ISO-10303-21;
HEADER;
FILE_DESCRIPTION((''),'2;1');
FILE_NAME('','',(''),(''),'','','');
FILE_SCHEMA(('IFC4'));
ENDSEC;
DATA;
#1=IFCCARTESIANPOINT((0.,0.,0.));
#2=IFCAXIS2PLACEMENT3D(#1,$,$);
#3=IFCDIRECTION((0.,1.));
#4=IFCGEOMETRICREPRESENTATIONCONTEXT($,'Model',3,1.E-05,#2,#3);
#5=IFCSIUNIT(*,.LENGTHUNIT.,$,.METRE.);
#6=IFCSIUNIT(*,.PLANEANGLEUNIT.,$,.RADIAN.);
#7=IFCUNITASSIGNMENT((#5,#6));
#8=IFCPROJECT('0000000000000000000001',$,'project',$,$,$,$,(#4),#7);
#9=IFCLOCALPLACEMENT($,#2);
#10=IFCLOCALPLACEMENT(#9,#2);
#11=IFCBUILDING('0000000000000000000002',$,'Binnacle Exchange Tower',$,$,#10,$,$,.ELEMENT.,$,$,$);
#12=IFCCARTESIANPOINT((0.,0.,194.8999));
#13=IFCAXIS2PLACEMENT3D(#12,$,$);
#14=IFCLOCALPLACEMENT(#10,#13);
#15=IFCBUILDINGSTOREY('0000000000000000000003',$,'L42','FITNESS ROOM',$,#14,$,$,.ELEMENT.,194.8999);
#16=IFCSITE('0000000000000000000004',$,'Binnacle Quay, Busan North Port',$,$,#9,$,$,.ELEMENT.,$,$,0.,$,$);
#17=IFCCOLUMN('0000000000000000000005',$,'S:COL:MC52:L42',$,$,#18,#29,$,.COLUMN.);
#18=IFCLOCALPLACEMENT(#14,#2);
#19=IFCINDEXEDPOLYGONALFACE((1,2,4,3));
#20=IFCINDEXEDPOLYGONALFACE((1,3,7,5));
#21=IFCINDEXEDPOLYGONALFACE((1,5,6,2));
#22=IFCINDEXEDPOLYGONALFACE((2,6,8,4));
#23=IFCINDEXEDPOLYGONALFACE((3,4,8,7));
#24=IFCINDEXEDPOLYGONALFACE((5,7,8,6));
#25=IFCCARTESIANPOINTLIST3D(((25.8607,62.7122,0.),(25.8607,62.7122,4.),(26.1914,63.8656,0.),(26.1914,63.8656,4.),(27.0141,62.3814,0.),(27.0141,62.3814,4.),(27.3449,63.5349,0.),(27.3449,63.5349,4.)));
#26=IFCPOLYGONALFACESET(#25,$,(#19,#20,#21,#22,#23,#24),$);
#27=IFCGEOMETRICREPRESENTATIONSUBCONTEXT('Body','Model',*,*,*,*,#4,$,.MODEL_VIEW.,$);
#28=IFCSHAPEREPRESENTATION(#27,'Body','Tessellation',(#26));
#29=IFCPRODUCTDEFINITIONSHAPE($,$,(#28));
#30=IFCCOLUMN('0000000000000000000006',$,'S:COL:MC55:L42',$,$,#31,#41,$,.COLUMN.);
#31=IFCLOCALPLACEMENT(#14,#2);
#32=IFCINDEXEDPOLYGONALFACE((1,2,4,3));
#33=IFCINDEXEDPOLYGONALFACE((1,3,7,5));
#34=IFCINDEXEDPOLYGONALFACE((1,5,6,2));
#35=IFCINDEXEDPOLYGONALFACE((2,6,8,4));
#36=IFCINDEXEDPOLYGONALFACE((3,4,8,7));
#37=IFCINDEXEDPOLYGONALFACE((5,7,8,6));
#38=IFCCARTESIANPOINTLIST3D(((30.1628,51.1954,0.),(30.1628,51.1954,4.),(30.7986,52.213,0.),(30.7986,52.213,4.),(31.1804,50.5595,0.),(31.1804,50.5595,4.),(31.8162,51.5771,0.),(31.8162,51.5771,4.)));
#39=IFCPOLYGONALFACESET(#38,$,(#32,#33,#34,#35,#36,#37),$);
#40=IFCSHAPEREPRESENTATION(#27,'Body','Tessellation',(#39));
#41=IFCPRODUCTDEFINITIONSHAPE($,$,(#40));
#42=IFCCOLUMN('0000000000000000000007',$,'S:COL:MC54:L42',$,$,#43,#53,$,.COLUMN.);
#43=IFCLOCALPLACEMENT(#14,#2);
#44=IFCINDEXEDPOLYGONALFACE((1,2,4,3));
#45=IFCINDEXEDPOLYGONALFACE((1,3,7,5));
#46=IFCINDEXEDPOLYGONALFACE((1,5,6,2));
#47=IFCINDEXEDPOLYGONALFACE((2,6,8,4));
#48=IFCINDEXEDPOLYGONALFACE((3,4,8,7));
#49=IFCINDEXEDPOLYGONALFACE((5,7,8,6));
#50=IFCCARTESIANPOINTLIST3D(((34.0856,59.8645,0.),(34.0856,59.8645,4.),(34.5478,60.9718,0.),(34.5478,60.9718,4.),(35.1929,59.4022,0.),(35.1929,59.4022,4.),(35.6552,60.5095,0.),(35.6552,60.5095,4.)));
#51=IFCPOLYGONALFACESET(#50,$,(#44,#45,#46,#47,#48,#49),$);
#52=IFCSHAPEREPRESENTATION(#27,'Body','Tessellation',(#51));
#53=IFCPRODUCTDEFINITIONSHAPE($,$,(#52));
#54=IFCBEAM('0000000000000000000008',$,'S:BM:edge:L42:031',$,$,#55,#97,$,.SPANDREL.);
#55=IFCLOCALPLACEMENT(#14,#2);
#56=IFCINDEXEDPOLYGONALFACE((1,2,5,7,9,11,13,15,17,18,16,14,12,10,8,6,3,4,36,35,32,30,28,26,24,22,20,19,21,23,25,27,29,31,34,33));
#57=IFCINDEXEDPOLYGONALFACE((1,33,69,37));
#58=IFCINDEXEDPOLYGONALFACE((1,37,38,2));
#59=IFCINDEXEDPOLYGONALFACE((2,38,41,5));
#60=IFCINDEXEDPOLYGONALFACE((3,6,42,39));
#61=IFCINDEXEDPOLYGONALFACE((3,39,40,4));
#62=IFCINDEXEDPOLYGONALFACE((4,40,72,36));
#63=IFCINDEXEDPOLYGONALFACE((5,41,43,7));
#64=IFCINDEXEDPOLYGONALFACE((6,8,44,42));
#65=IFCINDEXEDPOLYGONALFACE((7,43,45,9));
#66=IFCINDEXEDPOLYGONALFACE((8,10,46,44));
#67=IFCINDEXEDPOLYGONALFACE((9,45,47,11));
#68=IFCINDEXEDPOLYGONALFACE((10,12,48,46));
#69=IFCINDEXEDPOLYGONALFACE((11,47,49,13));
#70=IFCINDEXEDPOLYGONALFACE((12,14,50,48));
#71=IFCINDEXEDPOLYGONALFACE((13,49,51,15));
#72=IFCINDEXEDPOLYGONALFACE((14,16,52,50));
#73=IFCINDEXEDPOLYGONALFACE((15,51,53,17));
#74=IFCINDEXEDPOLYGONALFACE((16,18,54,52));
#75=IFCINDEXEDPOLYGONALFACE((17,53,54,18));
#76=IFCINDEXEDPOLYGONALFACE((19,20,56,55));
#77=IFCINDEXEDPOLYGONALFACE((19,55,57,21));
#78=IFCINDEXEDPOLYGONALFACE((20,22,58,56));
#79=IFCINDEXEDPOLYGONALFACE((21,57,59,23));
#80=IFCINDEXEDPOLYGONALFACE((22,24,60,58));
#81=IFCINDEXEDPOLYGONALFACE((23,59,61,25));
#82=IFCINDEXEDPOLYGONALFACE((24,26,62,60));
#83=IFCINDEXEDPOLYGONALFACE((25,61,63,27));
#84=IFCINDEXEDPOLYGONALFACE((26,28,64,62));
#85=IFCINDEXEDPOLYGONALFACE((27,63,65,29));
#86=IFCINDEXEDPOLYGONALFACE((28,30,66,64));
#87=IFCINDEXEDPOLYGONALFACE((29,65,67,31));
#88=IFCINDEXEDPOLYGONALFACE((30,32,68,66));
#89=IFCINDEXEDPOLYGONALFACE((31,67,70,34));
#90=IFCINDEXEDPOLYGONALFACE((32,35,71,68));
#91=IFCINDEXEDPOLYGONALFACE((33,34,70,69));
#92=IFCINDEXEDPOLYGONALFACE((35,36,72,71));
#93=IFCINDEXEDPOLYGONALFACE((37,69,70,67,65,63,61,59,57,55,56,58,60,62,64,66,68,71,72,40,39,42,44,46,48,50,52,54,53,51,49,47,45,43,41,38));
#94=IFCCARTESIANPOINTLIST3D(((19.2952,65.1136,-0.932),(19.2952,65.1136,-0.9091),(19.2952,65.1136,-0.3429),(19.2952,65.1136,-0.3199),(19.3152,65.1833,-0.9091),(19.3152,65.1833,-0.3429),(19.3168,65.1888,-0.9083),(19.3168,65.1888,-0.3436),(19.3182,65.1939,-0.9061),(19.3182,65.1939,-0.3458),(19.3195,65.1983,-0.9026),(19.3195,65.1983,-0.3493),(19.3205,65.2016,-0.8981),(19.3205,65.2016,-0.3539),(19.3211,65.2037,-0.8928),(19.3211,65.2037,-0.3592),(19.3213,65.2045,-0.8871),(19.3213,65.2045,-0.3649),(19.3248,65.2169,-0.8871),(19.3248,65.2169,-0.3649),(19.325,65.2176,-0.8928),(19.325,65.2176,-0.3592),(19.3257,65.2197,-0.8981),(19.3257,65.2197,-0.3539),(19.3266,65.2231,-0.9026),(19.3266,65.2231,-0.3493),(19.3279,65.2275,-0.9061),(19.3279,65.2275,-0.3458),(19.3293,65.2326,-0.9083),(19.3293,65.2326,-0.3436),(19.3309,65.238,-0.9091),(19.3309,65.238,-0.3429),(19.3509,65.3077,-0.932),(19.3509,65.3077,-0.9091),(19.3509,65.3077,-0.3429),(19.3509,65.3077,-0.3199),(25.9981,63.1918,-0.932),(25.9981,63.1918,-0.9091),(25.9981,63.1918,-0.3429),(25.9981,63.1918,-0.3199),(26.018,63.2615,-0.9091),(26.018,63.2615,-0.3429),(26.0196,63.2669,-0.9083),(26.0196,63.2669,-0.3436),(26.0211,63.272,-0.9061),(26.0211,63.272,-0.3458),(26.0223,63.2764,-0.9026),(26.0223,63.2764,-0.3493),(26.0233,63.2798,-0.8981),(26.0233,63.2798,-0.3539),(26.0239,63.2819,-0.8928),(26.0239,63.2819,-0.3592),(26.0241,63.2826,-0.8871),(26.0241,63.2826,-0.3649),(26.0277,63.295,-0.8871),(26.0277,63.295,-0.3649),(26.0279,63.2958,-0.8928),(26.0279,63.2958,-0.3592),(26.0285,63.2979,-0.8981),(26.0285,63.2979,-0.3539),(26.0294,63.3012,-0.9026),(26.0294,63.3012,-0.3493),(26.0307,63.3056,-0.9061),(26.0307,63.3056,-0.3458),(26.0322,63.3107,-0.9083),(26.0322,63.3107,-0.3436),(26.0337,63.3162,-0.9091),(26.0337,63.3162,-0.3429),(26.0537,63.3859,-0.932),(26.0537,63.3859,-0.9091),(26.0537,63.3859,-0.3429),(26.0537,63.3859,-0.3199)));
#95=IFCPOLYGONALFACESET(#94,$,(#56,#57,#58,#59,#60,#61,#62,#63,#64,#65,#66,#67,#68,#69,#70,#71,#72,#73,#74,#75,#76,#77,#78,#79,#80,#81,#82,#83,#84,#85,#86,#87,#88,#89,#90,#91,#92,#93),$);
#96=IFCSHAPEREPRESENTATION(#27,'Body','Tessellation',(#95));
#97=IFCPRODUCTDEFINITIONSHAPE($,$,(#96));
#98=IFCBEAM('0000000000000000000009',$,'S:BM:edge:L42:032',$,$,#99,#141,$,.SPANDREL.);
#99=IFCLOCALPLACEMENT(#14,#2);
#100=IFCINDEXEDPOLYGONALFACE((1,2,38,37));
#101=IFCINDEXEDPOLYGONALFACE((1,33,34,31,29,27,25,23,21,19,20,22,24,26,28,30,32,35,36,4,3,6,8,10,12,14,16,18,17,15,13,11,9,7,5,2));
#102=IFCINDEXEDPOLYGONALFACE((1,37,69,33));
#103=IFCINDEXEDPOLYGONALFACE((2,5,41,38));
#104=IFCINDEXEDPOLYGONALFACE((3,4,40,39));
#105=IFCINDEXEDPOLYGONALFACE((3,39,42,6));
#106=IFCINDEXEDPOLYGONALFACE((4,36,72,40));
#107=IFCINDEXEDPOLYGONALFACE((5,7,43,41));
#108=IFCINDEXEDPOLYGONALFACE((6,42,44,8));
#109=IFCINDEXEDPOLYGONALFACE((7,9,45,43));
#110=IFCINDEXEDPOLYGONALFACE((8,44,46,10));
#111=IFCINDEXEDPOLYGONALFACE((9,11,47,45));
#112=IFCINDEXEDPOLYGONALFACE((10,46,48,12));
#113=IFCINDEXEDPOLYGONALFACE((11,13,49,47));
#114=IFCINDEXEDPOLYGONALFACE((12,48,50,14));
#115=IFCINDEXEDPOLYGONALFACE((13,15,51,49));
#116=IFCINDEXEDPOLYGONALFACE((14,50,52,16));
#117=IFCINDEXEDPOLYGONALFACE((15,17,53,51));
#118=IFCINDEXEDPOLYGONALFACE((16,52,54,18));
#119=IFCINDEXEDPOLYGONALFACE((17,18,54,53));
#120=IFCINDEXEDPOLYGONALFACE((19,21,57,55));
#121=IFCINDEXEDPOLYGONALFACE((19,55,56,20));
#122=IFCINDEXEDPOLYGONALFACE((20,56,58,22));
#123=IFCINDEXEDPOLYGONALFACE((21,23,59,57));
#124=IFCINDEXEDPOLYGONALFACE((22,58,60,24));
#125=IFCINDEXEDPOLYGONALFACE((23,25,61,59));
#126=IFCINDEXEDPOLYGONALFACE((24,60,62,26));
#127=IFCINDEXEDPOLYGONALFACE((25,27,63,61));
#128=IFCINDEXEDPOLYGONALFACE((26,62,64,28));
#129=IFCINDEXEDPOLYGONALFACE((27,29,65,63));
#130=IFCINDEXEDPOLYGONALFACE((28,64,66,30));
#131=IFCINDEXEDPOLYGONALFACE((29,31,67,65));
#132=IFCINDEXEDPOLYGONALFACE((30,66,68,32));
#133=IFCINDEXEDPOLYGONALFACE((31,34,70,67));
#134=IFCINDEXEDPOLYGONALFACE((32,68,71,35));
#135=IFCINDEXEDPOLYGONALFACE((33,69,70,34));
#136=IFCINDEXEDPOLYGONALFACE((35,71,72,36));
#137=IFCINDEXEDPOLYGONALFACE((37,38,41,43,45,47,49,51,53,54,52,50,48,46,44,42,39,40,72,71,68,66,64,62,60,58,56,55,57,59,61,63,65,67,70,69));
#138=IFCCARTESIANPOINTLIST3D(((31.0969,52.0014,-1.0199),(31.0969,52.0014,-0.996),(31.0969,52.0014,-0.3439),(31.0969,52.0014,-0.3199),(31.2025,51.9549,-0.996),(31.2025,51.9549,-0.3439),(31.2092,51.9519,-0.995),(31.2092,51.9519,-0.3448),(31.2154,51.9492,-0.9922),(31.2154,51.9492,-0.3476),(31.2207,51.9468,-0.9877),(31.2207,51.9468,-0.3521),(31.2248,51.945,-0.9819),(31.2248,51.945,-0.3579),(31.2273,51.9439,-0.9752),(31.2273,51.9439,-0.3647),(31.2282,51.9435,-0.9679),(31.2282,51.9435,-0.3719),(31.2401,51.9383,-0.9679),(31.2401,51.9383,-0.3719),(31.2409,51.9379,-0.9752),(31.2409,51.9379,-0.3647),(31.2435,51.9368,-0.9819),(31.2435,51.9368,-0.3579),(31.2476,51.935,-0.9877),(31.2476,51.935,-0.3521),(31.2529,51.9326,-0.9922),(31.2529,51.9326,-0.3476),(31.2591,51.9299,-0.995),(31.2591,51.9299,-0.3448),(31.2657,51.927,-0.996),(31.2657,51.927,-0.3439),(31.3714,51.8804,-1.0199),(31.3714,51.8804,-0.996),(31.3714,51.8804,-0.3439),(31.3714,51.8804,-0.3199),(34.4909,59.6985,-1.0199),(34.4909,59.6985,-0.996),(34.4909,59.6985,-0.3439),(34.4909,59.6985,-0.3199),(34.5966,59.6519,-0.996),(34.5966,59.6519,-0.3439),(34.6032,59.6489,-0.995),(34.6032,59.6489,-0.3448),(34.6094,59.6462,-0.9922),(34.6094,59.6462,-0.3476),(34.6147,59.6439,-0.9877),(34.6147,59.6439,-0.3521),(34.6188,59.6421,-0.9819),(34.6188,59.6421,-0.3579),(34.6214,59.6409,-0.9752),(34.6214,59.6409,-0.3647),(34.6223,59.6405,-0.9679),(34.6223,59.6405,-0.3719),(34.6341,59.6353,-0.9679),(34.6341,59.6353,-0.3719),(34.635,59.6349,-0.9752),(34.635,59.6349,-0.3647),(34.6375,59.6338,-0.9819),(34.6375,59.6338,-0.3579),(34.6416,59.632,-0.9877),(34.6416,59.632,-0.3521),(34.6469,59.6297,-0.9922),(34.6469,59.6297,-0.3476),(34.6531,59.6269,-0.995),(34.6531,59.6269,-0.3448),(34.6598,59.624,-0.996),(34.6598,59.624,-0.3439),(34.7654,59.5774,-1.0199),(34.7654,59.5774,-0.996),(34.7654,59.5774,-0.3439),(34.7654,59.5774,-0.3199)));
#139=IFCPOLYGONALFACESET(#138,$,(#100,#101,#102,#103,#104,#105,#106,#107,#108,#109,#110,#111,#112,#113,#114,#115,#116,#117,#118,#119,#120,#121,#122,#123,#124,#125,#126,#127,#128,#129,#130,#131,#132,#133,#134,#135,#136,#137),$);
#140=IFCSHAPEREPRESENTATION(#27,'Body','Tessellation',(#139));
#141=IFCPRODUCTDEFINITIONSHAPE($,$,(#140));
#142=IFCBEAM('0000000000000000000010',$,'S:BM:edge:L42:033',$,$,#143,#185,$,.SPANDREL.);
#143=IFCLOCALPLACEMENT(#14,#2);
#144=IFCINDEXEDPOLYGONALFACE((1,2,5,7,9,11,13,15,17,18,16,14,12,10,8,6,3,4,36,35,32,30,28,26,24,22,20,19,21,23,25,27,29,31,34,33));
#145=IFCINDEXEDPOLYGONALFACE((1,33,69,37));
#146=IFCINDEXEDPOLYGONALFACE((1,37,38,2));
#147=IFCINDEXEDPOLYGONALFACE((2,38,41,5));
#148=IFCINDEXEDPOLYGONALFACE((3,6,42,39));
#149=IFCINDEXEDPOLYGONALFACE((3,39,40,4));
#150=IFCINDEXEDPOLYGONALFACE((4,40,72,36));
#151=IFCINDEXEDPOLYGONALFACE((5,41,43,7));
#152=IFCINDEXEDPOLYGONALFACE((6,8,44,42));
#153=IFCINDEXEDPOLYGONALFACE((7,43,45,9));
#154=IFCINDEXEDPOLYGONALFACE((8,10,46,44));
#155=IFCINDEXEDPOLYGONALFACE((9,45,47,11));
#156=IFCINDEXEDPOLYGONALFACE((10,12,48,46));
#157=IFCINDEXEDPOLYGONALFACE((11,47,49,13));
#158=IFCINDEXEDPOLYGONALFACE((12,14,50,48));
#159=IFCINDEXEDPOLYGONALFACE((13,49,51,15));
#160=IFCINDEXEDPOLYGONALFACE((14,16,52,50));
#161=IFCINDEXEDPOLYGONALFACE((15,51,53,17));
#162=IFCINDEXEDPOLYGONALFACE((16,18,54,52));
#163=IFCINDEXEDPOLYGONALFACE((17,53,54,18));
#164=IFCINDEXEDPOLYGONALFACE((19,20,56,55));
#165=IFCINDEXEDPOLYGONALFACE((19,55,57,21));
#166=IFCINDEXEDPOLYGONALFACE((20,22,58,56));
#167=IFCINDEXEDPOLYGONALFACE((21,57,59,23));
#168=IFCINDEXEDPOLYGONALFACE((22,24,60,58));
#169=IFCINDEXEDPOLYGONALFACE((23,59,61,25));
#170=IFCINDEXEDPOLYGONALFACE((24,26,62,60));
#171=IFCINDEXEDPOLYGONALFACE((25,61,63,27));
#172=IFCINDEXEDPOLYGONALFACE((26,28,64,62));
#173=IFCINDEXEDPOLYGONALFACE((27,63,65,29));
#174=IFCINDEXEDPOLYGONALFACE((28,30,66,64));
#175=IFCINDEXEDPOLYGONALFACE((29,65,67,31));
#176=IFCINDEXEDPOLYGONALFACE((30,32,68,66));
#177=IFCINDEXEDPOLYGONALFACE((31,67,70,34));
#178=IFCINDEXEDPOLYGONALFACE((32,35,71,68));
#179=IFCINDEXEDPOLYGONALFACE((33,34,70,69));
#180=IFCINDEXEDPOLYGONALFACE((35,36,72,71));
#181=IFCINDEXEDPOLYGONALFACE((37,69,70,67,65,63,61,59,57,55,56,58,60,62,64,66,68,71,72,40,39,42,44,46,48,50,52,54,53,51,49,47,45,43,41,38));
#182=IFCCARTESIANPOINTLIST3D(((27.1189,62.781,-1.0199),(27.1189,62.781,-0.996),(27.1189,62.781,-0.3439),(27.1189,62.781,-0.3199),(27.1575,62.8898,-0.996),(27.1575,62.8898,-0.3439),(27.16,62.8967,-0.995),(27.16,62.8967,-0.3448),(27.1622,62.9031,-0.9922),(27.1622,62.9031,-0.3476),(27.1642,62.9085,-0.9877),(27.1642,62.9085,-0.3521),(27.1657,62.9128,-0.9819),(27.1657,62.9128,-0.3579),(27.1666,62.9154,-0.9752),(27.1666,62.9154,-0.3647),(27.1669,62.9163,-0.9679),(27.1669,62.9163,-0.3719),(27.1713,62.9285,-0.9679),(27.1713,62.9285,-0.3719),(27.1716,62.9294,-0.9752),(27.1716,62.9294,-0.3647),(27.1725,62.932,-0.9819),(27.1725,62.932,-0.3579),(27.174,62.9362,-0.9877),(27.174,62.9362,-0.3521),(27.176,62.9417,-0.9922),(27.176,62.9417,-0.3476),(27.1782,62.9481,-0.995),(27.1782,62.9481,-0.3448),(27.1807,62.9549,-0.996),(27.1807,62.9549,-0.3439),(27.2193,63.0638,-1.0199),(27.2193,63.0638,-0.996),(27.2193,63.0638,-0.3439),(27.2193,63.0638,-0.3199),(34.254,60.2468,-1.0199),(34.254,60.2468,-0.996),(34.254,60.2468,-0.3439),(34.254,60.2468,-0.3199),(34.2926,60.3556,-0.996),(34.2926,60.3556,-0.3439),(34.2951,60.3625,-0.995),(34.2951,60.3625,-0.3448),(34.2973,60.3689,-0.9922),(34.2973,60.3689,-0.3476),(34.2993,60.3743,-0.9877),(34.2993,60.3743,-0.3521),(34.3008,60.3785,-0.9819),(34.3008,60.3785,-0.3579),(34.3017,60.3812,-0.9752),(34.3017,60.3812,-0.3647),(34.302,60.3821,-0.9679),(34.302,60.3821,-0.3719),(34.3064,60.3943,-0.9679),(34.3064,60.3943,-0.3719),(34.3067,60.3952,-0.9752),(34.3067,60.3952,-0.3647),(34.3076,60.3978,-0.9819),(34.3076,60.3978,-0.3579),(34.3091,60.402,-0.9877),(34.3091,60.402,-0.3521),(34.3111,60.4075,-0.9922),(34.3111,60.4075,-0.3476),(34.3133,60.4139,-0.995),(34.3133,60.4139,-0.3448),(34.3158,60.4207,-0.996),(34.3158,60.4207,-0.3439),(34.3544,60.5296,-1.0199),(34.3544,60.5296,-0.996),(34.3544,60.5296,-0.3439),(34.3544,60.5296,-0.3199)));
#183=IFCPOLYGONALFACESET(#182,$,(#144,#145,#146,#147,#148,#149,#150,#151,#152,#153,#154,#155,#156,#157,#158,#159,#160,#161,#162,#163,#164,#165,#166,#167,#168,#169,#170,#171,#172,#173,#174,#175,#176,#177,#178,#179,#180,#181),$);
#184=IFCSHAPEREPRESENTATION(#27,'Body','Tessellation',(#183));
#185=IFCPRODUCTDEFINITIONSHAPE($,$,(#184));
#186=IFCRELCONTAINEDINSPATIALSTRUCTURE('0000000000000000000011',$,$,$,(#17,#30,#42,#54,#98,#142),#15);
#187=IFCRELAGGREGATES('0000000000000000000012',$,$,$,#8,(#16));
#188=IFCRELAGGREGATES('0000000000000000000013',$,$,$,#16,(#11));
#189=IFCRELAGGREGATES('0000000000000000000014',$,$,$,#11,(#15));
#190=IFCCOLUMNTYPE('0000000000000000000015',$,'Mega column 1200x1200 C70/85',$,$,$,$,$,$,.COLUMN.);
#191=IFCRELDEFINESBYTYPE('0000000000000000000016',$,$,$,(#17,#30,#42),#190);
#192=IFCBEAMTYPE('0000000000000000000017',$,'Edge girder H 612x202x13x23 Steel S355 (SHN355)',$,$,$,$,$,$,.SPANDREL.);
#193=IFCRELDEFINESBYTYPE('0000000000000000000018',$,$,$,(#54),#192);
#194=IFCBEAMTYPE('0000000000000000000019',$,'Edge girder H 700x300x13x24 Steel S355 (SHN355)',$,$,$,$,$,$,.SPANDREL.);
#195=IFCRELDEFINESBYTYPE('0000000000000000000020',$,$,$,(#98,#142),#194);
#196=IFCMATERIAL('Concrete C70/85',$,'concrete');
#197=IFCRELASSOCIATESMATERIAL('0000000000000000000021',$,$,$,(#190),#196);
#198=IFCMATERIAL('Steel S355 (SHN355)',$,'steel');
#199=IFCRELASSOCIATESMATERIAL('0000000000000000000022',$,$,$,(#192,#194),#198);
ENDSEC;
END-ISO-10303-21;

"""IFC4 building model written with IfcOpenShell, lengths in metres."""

from ifc_helpers import new_model, si_unit, direction, frame, origin, origin_2d, place, context, subcontext, project, spatial, rectangle, i_section, extrude, material, material_profile, profile_set, type_object, element, save


model = new_model("IFC4")

# Units and contexts
model_context = context("Model", 3, precision=1e-05, world=origin(), true_north=direction((0.0, 1.0)))
body_context = subcontext(model_context, "Body", "Model", "MODEL_VIEW")
ifc_project = project(units=[si_unit("LENGTHUNIT", "METRE"), si_unit("PLANEANGLEUNIT", "RADIAN")], contexts=[model_context])

# Site, building, storey
site_placement = place(None, origin())
site = spatial("IfcSite", under=ifc_project, at=site_placement, Name="Binnacle Quay, Busan North Port", CompositionType="ELEMENT", RefElevation=0.0)
building_placement = place(site_placement, origin())
building = spatial("IfcBuilding", under=site, at=building_placement, Name="Binnacle Exchange Tower", CompositionType="ELEMENT")
storey_placement = place(building_placement, frame((0.0, 0.0, 194.8999)))
storey = spatial("IfcBuildingStorey", under=building, at=storey_placement, Name="L42", Description="FITNESS ROOM", CompositionType="ELEMENT", Elevation=194.8999)

# Columns
ifc_material_1 = material(Name="Concrete C70/85", Category="concrete")
ifc_material_profile_1 = material_profile(ifc_material_1, rectangle(XDim=1.2, YDim=1.2, at=origin_2d()), Name="Mega column 1200x1200 C70/85")
ifc_profile_set_1 = profile_set([ifc_material_profile_1], Name="Concrete C70/85")
column_type = type_object("IfcColumnType", Name="Mega column 1200x1200 C70/85", PredefinedType="COLUMN", material=ifc_profile_set_1)
for number, where, z_axis, x_axis, name in (
    (1, (26.6028, 63.1235, 0.0), (0.0, 0.0, 1.0), (-0.961262, 0.275637, 0.0), "S:COL:MC52:L42"),
    (2, (30.9895, 51.3862, 0.0), (0.0, 0.0, 1.0), (0.529919, 0.848048, 0.0), "S:COL:MC55:L42"),
    (3, (34.8704, 60.187, 0.0), (0.0, 0.0, 1.0), (-0.922814, 0.385246, 0.0), "S:COL:MC54:L42"),
):
    element("IfcColumn", number, at=place(storey_placement, frame(where, z_axis=z_axis, x_axis=x_axis)), inside=storey, type_object=column_type, Name=name, PredefinedType="COLUMN", context=body_context, shape_type="SweptSolid", body=[
        extrude(rectangle(XDim=1.2, YDim=1.2, at=origin_2d()), origin(), (0.0, 0.0, 1.0), 4.0),
    ])

# Beams
ifc_material_2 = material(Name="Steel S355 (SHN355)", Category="steel")
ifc_material_profile_2 = material_profile(ifc_material_2, i_section(OverallWidth=0.2019, OverallDepth=0.6121, WebThickness=0.0129, FlangeThickness=0.0229, FilletRadius=0.022, at=origin_2d()), Name="H 612x202x13x23")
ifc_profile_set_2 = profile_set([ifc_material_profile_2], Name="Steel S355 (SHN355)")
beam_type_1 = type_object("IfcBeamType", Name="Edge girder H 612x202x13x23 Steel S355 (SHN355)", PredefinedType="SPANDREL", material=ifc_profile_set_2)
beam_1_placement = place(storey_placement, frame((26.0259, 63.2888, -0.626), z_axis=(-0.961267, 0.275618, 0.0), x_axis=(-0.275618, -0.961267, 0.0)))
element("IfcBeam", 4, at=beam_1_placement, inside=storey, type_object=beam_type_1, Name="S:BM:edge:L42:031", PredefinedType="SPANDREL", context=body_context, shape_type="SweptSolid", body=[
    extrude(i_section(OverallWidth=0.2019, OverallDepth=0.6121, WebThickness=0.0129, FlangeThickness=0.0229, FilletRadius=0.022, at=origin_2d()), origin(), (0.0, 0.0, 1.0), 6.9729),
])
ifc_material_profile_3 = material_profile(ifc_material_2, i_section(OverallWidth=0.3, OverallDepth=0.7, WebThickness=0.0129, FlangeThickness=0.0239, FilletRadius=0.0281, at=origin_2d()), Name="H 700x300x13x24")
ifc_profile_set_3 = profile_set([ifc_material_profile_3], Name="Steel S355 (SHN355)")
beam_type_2 = type_object("IfcBeamType", Name="Edge girder H 700x300x13x24 Steel S355 (SHN355)", PredefinedType="SPANDREL", material=ifc_profile_set_3)
beam_2_placement = place(storey_placement, frame((31.2341, 51.9409, -0.6699), z_axis=(0.403471, 0.914992, 0.0), x_axis=(-0.914992, 0.403471, 0.0)))
element("IfcBeam", 5, at=beam_2_placement, inside=storey, type_object=beam_type_2, Name="S:BM:edge:L42:032", PredefinedType="SPANDREL", context=body_context, shape_type="SweptSolid", body=[
    extrude(i_section(OverallWidth=0.3, OverallDepth=0.7, WebThickness=0.0129, FlangeThickness=0.0239, FilletRadius=0.0281, at=origin_2d()), origin(), (0.0, 0.0, 1.0), 8.4121),
])
beam_3_placement = place(storey_placement, frame((34.3042, 60.3882, -0.6699), z_axis=(-0.942328, 0.334692, 0.0), x_axis=(-0.334692, -0.942328, 0.0)))
element("IfcBeam", 6, at=beam_3_placement, inside=storey, type_object=beam_type_2, Name="S:BM:edge:L42:033", PredefinedType="SPANDREL", context=body_context, shape_type="SweptSolid", body=[
    extrude(i_section(OverallWidth=0.3, OverallDepth=0.7, WebThickness=0.0129, FlangeThickness=0.0239, FilletRadius=0.0281, at=origin_2d()), origin(), (0.0, 0.0, 1.0), 7.5718),
])

save(model, "model.ifc")
